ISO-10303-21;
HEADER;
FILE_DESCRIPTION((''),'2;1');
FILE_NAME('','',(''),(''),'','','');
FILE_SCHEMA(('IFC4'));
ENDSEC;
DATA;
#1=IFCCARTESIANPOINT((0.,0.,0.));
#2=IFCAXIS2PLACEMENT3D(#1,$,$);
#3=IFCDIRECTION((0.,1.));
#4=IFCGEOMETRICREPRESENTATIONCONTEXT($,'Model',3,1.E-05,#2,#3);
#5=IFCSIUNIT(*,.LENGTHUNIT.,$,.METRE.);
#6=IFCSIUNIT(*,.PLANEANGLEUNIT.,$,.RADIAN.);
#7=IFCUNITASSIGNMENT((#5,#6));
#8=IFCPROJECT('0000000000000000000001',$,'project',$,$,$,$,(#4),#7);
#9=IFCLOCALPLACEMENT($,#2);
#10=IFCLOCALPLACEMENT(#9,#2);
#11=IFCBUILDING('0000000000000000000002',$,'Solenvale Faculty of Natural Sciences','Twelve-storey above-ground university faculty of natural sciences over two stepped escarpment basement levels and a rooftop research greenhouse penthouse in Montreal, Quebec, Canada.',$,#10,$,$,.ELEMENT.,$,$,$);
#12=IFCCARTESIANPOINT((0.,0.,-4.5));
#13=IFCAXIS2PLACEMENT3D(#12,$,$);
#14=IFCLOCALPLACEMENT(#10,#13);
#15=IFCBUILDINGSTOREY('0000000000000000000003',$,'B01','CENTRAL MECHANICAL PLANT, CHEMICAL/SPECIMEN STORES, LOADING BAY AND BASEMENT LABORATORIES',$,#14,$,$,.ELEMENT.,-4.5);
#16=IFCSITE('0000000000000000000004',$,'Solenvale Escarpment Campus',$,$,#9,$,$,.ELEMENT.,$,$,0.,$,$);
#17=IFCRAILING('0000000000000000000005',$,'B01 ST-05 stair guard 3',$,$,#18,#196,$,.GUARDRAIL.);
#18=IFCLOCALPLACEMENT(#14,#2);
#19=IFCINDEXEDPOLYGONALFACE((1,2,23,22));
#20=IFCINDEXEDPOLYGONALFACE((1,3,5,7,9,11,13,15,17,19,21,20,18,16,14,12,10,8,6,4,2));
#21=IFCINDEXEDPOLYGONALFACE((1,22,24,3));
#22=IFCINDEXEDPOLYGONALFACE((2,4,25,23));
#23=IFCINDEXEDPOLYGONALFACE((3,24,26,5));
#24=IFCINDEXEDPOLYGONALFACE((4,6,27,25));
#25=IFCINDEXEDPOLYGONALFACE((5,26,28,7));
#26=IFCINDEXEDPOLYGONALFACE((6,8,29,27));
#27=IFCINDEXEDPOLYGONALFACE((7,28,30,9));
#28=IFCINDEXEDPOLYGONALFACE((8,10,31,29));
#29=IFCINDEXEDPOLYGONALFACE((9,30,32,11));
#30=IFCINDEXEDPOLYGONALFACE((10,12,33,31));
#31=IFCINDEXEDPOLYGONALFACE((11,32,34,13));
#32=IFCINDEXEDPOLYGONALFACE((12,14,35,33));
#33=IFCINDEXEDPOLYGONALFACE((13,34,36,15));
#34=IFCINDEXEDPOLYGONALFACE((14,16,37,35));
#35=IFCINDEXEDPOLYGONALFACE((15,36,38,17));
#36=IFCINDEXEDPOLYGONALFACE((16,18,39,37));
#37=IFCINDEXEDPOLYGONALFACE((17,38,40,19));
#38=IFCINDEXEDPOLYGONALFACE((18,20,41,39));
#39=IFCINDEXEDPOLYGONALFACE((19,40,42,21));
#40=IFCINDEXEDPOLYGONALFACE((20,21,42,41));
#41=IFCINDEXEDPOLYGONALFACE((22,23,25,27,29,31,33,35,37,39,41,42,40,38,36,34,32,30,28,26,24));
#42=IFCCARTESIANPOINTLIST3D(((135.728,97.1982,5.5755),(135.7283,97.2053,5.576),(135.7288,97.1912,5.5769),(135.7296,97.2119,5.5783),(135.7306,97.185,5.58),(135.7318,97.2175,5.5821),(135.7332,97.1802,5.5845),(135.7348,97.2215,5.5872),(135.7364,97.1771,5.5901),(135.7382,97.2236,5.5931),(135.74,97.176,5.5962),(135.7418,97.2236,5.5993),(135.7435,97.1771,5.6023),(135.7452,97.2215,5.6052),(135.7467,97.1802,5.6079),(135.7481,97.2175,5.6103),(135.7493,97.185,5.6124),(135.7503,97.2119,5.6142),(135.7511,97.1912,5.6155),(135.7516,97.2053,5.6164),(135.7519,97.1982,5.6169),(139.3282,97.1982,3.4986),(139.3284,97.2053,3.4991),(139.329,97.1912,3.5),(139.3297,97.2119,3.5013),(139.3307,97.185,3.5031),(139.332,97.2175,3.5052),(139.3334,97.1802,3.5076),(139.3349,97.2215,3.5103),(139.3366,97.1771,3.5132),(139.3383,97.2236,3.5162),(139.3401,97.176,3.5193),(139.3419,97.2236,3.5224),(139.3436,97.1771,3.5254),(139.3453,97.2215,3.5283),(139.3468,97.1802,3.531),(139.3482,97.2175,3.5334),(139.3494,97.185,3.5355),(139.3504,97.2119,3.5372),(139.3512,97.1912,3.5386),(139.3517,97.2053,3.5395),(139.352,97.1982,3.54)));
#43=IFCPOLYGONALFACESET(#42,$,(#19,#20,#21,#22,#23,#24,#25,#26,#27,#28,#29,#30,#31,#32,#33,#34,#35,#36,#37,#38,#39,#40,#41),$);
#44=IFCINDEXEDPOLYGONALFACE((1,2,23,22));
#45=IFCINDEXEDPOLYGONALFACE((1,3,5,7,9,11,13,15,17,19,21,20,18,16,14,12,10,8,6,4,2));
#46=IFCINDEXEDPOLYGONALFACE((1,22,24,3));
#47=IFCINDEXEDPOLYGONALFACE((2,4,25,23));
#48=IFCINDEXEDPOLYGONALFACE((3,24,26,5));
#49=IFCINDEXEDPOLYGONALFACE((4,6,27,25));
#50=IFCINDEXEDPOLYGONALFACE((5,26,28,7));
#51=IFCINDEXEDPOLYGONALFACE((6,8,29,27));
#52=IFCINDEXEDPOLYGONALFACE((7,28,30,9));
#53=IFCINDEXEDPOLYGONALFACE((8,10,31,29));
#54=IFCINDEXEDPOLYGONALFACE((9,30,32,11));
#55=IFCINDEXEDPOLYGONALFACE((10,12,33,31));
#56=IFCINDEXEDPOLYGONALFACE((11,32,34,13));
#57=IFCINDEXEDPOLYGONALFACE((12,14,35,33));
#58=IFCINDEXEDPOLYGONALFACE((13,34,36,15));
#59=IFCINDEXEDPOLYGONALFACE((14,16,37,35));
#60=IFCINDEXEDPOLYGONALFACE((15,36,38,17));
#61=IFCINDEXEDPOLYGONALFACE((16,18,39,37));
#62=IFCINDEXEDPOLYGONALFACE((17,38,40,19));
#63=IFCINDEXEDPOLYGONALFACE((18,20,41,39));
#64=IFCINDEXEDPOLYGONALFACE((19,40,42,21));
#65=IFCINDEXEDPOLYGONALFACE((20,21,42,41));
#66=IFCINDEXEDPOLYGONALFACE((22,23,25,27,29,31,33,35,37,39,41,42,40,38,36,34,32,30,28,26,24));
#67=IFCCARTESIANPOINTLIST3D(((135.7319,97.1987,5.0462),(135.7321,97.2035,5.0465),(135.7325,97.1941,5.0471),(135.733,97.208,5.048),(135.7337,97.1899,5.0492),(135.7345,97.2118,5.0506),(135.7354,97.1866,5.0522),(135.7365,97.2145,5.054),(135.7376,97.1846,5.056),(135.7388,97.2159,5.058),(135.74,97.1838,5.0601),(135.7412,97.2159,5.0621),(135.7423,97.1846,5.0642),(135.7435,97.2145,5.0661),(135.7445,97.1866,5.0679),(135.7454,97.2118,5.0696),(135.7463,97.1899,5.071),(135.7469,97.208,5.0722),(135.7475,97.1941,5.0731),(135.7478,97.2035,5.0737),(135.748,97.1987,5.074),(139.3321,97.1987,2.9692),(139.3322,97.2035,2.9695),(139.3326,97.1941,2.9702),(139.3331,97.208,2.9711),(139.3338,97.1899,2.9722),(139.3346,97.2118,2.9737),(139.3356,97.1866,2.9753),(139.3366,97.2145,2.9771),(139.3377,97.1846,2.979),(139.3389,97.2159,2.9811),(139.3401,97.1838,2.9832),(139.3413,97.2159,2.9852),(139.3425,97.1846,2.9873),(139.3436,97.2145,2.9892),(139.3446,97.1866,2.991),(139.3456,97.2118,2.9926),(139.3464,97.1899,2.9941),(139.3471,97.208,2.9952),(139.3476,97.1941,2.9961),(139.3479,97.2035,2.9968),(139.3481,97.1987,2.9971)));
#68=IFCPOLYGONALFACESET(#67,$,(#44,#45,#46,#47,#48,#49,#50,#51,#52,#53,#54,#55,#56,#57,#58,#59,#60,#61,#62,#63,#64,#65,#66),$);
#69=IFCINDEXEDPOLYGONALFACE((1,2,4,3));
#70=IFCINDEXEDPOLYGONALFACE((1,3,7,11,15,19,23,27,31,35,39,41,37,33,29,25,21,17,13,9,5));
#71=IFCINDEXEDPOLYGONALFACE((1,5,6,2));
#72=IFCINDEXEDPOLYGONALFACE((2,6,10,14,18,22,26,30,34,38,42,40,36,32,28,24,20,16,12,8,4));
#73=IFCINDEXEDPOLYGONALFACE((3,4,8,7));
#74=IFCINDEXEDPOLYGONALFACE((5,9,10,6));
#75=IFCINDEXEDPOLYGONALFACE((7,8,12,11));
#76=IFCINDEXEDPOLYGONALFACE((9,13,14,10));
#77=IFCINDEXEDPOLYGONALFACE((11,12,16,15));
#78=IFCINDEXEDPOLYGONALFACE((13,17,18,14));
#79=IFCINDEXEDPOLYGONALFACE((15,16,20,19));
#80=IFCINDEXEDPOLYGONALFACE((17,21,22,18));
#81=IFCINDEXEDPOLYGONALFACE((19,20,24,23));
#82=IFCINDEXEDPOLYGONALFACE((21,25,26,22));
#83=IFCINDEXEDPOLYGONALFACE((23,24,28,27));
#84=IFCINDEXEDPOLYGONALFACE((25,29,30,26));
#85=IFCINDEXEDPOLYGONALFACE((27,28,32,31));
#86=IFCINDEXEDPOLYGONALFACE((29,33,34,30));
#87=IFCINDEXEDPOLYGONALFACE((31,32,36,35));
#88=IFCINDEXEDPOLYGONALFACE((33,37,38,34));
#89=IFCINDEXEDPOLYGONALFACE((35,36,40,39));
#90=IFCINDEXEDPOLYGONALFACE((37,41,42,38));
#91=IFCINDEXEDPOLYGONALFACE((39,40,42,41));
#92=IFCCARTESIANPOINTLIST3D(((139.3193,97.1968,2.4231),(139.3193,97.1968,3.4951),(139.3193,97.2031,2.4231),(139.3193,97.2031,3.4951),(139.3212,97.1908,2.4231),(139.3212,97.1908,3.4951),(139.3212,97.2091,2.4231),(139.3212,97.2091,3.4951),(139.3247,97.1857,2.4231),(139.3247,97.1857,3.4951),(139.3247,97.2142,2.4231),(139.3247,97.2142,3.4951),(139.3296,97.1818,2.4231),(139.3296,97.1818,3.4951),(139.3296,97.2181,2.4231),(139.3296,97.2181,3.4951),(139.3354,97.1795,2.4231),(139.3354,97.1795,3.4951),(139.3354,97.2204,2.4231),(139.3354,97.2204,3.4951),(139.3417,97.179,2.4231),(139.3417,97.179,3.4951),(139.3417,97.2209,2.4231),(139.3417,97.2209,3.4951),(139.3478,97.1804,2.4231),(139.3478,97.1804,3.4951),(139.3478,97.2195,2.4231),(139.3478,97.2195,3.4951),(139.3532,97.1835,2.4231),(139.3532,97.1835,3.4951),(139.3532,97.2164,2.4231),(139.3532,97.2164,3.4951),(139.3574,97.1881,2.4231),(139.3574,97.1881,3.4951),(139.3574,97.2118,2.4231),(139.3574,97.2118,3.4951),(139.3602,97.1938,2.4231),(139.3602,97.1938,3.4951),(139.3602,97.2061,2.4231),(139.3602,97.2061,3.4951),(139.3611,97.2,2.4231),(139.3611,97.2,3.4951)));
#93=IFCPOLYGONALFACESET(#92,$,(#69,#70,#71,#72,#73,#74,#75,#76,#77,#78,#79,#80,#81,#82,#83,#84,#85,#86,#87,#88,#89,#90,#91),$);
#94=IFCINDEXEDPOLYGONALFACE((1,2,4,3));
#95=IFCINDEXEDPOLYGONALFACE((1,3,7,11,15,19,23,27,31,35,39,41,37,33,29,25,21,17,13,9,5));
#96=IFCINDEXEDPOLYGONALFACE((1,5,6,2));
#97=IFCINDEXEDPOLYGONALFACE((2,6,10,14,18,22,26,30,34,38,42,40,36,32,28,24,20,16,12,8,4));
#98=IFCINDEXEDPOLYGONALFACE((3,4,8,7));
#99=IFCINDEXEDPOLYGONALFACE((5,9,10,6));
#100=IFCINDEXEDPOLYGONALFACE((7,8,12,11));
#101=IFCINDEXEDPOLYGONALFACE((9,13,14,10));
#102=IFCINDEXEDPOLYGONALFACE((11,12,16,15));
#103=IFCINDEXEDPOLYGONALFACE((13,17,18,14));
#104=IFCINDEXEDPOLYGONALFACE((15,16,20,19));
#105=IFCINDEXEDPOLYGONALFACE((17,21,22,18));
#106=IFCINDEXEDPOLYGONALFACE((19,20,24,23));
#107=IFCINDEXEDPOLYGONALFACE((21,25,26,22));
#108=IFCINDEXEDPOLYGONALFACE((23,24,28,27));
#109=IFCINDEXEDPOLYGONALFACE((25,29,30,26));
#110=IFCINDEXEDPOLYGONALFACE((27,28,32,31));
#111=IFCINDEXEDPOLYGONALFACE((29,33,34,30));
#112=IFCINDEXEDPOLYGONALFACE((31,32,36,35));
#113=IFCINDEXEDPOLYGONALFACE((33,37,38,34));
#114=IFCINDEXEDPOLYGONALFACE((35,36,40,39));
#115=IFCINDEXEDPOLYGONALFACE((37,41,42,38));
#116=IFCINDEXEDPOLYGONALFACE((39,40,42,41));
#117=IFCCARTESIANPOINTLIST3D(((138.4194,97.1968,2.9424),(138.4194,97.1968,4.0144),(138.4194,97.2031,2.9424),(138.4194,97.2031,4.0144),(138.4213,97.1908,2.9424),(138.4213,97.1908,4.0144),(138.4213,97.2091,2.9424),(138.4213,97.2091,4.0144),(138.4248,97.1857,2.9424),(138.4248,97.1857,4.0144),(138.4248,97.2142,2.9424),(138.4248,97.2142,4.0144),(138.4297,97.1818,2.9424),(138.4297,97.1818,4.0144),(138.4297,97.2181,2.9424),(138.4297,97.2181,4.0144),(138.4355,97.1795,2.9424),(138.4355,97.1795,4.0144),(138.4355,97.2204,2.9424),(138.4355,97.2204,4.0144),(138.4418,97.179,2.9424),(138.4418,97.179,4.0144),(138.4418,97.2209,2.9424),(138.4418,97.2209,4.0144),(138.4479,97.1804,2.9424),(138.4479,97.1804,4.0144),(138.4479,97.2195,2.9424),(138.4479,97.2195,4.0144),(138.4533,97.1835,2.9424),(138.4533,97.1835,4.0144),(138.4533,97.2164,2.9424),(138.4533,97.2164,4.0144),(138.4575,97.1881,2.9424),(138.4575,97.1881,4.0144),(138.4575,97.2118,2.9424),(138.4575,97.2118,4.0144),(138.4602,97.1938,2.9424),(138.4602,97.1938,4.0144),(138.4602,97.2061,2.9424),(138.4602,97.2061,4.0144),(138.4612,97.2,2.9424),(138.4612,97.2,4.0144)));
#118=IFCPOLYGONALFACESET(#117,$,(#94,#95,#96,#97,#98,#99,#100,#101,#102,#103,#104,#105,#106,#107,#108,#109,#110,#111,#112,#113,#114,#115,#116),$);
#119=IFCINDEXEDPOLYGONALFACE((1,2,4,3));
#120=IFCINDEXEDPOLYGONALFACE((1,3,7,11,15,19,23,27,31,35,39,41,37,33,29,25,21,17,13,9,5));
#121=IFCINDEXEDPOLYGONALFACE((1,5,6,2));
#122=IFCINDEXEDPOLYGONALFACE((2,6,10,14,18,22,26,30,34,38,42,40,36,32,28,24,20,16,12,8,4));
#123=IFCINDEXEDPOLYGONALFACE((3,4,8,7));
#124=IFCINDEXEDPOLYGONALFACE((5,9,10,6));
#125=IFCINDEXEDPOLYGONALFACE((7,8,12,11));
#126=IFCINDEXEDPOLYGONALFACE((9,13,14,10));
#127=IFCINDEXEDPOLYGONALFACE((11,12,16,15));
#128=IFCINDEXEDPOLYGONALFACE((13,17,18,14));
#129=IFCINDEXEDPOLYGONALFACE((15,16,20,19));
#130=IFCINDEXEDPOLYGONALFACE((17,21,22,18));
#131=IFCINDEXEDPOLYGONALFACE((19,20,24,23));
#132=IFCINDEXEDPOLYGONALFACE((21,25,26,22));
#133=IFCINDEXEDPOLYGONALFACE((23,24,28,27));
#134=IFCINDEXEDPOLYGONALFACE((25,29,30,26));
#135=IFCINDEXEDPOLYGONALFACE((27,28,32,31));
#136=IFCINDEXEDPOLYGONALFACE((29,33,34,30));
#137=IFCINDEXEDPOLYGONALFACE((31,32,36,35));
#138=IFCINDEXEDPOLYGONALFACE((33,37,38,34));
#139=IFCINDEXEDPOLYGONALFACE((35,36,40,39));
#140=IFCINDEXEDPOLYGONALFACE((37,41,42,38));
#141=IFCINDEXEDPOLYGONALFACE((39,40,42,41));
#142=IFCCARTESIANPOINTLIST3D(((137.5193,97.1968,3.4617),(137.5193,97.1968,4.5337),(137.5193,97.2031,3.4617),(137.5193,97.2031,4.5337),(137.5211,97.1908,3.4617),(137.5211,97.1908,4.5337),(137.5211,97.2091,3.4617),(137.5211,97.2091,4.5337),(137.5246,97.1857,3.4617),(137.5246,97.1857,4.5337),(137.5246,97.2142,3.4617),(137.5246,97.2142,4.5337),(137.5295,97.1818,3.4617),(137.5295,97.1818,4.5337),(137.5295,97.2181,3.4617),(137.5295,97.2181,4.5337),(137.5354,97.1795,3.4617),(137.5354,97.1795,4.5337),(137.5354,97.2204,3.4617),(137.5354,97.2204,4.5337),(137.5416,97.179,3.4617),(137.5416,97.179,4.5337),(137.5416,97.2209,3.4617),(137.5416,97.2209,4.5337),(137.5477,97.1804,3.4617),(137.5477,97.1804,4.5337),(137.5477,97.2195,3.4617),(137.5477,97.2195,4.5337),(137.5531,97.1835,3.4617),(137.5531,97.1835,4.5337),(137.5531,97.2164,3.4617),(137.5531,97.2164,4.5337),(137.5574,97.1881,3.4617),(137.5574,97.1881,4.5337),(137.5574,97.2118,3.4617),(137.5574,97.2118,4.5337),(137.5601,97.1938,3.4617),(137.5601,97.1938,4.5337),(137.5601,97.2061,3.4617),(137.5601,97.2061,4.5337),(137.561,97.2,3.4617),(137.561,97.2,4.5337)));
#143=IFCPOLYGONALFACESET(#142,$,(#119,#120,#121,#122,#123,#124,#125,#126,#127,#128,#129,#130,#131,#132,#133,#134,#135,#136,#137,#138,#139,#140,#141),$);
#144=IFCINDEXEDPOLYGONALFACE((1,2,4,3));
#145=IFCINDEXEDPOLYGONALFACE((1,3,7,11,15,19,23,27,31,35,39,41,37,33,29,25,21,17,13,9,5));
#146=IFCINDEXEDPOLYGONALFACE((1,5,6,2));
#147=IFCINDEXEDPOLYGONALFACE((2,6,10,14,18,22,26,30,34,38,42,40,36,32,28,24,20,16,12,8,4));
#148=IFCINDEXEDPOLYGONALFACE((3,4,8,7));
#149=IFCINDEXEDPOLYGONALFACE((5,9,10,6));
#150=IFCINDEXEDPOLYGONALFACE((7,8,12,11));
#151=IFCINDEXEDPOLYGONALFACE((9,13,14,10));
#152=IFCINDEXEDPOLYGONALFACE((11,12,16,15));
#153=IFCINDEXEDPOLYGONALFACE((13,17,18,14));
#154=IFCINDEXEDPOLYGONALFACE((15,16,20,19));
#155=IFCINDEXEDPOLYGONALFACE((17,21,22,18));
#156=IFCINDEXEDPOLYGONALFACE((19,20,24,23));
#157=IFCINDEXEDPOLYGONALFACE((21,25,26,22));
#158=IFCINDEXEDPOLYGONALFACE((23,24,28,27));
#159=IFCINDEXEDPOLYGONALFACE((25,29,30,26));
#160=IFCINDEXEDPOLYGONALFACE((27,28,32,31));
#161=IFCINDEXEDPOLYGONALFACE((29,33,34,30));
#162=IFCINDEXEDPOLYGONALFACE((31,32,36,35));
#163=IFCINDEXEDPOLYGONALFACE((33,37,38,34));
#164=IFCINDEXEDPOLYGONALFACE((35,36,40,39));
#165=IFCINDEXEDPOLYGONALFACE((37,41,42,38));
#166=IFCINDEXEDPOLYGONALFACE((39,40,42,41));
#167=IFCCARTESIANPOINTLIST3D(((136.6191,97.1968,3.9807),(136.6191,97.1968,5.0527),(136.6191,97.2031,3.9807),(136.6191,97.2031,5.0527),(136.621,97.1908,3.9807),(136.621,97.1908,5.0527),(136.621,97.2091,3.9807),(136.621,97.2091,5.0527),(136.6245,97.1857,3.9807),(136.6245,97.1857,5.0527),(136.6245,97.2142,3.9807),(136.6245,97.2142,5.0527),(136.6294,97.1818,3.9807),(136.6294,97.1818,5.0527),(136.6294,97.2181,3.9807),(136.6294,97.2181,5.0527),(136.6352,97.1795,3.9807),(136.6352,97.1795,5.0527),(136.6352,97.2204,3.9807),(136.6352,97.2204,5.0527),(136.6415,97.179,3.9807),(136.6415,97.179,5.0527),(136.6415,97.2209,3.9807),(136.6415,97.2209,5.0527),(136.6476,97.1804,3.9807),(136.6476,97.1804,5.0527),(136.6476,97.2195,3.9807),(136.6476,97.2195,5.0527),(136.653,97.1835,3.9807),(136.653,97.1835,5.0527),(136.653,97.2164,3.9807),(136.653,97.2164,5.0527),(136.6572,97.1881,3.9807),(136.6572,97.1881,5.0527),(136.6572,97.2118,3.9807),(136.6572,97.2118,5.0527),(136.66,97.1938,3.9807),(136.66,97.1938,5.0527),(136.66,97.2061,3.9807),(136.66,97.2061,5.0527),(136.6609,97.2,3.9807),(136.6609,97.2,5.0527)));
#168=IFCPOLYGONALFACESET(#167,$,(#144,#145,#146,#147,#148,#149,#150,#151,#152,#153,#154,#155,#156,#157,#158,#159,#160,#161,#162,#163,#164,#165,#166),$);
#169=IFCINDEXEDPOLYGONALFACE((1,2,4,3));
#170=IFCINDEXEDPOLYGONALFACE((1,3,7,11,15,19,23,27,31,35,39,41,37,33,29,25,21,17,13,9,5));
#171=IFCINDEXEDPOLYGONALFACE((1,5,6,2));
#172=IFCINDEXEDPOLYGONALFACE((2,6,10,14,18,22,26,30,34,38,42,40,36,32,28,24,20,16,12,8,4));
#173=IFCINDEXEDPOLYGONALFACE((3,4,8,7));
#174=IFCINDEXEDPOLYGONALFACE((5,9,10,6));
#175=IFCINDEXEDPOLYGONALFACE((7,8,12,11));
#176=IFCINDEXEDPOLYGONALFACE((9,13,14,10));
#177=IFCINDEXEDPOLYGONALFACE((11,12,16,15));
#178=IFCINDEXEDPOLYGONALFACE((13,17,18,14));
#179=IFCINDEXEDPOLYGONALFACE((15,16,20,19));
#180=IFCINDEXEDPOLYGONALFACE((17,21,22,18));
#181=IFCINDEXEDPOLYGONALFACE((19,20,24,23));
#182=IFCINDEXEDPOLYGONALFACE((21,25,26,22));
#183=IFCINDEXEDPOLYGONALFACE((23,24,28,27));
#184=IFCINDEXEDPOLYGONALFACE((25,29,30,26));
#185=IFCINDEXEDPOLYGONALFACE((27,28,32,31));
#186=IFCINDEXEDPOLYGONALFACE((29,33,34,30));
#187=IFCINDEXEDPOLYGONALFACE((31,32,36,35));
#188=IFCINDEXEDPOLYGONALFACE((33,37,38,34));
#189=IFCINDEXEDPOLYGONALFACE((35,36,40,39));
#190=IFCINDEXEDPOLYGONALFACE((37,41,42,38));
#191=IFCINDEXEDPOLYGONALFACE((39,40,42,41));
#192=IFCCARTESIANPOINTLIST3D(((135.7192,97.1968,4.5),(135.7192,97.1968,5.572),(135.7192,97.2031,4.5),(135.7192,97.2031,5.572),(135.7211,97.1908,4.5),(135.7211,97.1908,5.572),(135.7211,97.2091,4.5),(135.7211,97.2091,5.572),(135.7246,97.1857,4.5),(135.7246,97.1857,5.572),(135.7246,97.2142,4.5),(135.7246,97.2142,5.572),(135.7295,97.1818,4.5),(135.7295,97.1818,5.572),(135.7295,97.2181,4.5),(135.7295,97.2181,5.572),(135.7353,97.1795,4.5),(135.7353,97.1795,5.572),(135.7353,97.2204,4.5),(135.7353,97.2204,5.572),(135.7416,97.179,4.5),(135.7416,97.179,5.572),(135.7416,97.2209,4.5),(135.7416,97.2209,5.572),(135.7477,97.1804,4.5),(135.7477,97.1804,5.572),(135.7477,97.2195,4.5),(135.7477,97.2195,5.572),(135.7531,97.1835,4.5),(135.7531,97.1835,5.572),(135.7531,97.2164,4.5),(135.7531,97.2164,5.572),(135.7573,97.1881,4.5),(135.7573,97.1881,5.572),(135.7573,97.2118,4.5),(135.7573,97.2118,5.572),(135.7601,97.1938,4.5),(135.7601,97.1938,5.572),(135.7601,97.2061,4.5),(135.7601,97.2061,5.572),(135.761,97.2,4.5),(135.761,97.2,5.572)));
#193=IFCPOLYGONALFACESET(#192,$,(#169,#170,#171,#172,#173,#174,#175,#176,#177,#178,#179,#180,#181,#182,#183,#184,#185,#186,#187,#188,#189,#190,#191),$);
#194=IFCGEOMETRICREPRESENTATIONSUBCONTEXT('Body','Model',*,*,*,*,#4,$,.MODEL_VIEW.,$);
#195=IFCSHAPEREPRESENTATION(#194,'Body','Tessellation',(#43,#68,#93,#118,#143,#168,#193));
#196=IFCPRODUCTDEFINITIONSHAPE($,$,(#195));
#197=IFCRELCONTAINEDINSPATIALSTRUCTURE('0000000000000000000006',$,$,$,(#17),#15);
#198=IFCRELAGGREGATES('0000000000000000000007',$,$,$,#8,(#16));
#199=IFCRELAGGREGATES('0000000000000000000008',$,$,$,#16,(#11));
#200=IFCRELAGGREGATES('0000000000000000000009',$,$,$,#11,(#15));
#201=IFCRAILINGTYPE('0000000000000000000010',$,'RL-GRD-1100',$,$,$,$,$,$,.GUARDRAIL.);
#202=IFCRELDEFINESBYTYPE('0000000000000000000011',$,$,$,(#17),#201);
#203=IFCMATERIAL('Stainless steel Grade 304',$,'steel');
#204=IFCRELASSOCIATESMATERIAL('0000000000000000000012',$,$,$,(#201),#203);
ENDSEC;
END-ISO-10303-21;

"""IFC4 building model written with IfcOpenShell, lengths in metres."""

from ifc_helpers import new_model, si_unit, direction, frame, origin, origin_2d, place, context, subcontext, project, spatial, circle, extrude, material, type_object, element, save


model = new_model("IFC4")

# Units and contexts
model_context = context("Model", 3, precision=1e-05, world=origin(), true_north=direction((0.0, 1.0)))
body_context = subcontext(model_context, "Body", "Model", "MODEL_VIEW")
ifc_project = project(units=[si_unit("LENGTHUNIT", "METRE"), si_unit("PLANEANGLEUNIT", "RADIAN")], contexts=[model_context])

# Site, building, storey
site_placement = place(None, origin())
site = spatial("IfcSite", under=ifc_project, at=site_placement, Name="Solenvale Escarpment Campus", CompositionType="ELEMENT", RefElevation=0.0)
building_placement = place(site_placement, origin())
building = spatial("IfcBuilding", under=site, at=building_placement, Name="Solenvale Faculty of Natural Sciences", Description="Twelve-storey above-ground university faculty of natural sciences over two stepped escarpment basement levels and a rooftop research greenhouse penthouse in Montreal, Quebec, Canada.", CompositionType="ELEMENT")
storey_placement = place(building_placement, frame((0.0, 0.0, -4.5)))
storey = spatial("IfcBuildingStorey", under=building, at=storey_placement, Name="B01", Description="CENTRAL MECHANICAL PLANT, CHEMICAL/SPECIMEN STORES, LOADING BAY AND BASEMENT LABORATORIES", CompositionType="ELEMENT", Elevation=-4.5)

# Shared definitions
ifc_material_1 = material(Name="Stainless steel Grade 304", Category="steel")

# Railing
railing_type_1 = type_object("IfcRailingType", Name="RL-GRD-1100", PredefinedType="GUARDRAIL", material=ifc_material_1)
railing_1_placement = place(storey_placement, frame((139.3401, 97.2, 2.4231)))
element("IfcRailing", 1, at=railing_1_placement, inside=storey, type_object=railing_type_1, Name="B01 ST-05 stair guard 3", PredefinedType="GUARDRAIL", context=body_context, shape_type="SweptSolid", body=[
    extrude(circle(Radius=0.0239, at=origin_2d()), frame((0.0, 0.0, 1.0962), z_axis=(-0.866193, 0.0, 0.499709), x_axis=(0.0, -1.0, 0.0)), (0.0, 0.0, 1.0), 4.1562),
    extrude(circle(Radius=0.0161, at=origin_2d()), frame((0.0, 0.0, 0.5601), z_axis=(-0.866193, 0.0, 0.499709), x_axis=(0.0, -1.0, 0.0)), (0.0, 0.0, 1.0), 4.1562),
    extrude(circle(Radius=0.021, at=origin_2d()), origin(), (0.0, 0.0, 1.0), 1.072),
    extrude(circle(Radius=0.021, at=origin_2d()), frame((-0.8999, 0.0, 0.5193)), (0.0, 0.0, 1.0), 1.072),
    extrude(circle(Radius=0.021, at=origin_2d()), frame((-1.8, 0.0, 1.0386)), (0.0, 0.0, 1.0), 1.072),
    extrude(circle(Radius=0.021, at=origin_2d()), frame((-2.7002, 0.0, 1.5576)), (0.0, 0.0, 1.0), 1.072),
    extrude(circle(Radius=0.021, at=origin_2d()), frame((-3.6001, 0.0, 2.0769)), (0.0, 0.0, 1.0), 1.072),
])

save(model, "model.ifc")
